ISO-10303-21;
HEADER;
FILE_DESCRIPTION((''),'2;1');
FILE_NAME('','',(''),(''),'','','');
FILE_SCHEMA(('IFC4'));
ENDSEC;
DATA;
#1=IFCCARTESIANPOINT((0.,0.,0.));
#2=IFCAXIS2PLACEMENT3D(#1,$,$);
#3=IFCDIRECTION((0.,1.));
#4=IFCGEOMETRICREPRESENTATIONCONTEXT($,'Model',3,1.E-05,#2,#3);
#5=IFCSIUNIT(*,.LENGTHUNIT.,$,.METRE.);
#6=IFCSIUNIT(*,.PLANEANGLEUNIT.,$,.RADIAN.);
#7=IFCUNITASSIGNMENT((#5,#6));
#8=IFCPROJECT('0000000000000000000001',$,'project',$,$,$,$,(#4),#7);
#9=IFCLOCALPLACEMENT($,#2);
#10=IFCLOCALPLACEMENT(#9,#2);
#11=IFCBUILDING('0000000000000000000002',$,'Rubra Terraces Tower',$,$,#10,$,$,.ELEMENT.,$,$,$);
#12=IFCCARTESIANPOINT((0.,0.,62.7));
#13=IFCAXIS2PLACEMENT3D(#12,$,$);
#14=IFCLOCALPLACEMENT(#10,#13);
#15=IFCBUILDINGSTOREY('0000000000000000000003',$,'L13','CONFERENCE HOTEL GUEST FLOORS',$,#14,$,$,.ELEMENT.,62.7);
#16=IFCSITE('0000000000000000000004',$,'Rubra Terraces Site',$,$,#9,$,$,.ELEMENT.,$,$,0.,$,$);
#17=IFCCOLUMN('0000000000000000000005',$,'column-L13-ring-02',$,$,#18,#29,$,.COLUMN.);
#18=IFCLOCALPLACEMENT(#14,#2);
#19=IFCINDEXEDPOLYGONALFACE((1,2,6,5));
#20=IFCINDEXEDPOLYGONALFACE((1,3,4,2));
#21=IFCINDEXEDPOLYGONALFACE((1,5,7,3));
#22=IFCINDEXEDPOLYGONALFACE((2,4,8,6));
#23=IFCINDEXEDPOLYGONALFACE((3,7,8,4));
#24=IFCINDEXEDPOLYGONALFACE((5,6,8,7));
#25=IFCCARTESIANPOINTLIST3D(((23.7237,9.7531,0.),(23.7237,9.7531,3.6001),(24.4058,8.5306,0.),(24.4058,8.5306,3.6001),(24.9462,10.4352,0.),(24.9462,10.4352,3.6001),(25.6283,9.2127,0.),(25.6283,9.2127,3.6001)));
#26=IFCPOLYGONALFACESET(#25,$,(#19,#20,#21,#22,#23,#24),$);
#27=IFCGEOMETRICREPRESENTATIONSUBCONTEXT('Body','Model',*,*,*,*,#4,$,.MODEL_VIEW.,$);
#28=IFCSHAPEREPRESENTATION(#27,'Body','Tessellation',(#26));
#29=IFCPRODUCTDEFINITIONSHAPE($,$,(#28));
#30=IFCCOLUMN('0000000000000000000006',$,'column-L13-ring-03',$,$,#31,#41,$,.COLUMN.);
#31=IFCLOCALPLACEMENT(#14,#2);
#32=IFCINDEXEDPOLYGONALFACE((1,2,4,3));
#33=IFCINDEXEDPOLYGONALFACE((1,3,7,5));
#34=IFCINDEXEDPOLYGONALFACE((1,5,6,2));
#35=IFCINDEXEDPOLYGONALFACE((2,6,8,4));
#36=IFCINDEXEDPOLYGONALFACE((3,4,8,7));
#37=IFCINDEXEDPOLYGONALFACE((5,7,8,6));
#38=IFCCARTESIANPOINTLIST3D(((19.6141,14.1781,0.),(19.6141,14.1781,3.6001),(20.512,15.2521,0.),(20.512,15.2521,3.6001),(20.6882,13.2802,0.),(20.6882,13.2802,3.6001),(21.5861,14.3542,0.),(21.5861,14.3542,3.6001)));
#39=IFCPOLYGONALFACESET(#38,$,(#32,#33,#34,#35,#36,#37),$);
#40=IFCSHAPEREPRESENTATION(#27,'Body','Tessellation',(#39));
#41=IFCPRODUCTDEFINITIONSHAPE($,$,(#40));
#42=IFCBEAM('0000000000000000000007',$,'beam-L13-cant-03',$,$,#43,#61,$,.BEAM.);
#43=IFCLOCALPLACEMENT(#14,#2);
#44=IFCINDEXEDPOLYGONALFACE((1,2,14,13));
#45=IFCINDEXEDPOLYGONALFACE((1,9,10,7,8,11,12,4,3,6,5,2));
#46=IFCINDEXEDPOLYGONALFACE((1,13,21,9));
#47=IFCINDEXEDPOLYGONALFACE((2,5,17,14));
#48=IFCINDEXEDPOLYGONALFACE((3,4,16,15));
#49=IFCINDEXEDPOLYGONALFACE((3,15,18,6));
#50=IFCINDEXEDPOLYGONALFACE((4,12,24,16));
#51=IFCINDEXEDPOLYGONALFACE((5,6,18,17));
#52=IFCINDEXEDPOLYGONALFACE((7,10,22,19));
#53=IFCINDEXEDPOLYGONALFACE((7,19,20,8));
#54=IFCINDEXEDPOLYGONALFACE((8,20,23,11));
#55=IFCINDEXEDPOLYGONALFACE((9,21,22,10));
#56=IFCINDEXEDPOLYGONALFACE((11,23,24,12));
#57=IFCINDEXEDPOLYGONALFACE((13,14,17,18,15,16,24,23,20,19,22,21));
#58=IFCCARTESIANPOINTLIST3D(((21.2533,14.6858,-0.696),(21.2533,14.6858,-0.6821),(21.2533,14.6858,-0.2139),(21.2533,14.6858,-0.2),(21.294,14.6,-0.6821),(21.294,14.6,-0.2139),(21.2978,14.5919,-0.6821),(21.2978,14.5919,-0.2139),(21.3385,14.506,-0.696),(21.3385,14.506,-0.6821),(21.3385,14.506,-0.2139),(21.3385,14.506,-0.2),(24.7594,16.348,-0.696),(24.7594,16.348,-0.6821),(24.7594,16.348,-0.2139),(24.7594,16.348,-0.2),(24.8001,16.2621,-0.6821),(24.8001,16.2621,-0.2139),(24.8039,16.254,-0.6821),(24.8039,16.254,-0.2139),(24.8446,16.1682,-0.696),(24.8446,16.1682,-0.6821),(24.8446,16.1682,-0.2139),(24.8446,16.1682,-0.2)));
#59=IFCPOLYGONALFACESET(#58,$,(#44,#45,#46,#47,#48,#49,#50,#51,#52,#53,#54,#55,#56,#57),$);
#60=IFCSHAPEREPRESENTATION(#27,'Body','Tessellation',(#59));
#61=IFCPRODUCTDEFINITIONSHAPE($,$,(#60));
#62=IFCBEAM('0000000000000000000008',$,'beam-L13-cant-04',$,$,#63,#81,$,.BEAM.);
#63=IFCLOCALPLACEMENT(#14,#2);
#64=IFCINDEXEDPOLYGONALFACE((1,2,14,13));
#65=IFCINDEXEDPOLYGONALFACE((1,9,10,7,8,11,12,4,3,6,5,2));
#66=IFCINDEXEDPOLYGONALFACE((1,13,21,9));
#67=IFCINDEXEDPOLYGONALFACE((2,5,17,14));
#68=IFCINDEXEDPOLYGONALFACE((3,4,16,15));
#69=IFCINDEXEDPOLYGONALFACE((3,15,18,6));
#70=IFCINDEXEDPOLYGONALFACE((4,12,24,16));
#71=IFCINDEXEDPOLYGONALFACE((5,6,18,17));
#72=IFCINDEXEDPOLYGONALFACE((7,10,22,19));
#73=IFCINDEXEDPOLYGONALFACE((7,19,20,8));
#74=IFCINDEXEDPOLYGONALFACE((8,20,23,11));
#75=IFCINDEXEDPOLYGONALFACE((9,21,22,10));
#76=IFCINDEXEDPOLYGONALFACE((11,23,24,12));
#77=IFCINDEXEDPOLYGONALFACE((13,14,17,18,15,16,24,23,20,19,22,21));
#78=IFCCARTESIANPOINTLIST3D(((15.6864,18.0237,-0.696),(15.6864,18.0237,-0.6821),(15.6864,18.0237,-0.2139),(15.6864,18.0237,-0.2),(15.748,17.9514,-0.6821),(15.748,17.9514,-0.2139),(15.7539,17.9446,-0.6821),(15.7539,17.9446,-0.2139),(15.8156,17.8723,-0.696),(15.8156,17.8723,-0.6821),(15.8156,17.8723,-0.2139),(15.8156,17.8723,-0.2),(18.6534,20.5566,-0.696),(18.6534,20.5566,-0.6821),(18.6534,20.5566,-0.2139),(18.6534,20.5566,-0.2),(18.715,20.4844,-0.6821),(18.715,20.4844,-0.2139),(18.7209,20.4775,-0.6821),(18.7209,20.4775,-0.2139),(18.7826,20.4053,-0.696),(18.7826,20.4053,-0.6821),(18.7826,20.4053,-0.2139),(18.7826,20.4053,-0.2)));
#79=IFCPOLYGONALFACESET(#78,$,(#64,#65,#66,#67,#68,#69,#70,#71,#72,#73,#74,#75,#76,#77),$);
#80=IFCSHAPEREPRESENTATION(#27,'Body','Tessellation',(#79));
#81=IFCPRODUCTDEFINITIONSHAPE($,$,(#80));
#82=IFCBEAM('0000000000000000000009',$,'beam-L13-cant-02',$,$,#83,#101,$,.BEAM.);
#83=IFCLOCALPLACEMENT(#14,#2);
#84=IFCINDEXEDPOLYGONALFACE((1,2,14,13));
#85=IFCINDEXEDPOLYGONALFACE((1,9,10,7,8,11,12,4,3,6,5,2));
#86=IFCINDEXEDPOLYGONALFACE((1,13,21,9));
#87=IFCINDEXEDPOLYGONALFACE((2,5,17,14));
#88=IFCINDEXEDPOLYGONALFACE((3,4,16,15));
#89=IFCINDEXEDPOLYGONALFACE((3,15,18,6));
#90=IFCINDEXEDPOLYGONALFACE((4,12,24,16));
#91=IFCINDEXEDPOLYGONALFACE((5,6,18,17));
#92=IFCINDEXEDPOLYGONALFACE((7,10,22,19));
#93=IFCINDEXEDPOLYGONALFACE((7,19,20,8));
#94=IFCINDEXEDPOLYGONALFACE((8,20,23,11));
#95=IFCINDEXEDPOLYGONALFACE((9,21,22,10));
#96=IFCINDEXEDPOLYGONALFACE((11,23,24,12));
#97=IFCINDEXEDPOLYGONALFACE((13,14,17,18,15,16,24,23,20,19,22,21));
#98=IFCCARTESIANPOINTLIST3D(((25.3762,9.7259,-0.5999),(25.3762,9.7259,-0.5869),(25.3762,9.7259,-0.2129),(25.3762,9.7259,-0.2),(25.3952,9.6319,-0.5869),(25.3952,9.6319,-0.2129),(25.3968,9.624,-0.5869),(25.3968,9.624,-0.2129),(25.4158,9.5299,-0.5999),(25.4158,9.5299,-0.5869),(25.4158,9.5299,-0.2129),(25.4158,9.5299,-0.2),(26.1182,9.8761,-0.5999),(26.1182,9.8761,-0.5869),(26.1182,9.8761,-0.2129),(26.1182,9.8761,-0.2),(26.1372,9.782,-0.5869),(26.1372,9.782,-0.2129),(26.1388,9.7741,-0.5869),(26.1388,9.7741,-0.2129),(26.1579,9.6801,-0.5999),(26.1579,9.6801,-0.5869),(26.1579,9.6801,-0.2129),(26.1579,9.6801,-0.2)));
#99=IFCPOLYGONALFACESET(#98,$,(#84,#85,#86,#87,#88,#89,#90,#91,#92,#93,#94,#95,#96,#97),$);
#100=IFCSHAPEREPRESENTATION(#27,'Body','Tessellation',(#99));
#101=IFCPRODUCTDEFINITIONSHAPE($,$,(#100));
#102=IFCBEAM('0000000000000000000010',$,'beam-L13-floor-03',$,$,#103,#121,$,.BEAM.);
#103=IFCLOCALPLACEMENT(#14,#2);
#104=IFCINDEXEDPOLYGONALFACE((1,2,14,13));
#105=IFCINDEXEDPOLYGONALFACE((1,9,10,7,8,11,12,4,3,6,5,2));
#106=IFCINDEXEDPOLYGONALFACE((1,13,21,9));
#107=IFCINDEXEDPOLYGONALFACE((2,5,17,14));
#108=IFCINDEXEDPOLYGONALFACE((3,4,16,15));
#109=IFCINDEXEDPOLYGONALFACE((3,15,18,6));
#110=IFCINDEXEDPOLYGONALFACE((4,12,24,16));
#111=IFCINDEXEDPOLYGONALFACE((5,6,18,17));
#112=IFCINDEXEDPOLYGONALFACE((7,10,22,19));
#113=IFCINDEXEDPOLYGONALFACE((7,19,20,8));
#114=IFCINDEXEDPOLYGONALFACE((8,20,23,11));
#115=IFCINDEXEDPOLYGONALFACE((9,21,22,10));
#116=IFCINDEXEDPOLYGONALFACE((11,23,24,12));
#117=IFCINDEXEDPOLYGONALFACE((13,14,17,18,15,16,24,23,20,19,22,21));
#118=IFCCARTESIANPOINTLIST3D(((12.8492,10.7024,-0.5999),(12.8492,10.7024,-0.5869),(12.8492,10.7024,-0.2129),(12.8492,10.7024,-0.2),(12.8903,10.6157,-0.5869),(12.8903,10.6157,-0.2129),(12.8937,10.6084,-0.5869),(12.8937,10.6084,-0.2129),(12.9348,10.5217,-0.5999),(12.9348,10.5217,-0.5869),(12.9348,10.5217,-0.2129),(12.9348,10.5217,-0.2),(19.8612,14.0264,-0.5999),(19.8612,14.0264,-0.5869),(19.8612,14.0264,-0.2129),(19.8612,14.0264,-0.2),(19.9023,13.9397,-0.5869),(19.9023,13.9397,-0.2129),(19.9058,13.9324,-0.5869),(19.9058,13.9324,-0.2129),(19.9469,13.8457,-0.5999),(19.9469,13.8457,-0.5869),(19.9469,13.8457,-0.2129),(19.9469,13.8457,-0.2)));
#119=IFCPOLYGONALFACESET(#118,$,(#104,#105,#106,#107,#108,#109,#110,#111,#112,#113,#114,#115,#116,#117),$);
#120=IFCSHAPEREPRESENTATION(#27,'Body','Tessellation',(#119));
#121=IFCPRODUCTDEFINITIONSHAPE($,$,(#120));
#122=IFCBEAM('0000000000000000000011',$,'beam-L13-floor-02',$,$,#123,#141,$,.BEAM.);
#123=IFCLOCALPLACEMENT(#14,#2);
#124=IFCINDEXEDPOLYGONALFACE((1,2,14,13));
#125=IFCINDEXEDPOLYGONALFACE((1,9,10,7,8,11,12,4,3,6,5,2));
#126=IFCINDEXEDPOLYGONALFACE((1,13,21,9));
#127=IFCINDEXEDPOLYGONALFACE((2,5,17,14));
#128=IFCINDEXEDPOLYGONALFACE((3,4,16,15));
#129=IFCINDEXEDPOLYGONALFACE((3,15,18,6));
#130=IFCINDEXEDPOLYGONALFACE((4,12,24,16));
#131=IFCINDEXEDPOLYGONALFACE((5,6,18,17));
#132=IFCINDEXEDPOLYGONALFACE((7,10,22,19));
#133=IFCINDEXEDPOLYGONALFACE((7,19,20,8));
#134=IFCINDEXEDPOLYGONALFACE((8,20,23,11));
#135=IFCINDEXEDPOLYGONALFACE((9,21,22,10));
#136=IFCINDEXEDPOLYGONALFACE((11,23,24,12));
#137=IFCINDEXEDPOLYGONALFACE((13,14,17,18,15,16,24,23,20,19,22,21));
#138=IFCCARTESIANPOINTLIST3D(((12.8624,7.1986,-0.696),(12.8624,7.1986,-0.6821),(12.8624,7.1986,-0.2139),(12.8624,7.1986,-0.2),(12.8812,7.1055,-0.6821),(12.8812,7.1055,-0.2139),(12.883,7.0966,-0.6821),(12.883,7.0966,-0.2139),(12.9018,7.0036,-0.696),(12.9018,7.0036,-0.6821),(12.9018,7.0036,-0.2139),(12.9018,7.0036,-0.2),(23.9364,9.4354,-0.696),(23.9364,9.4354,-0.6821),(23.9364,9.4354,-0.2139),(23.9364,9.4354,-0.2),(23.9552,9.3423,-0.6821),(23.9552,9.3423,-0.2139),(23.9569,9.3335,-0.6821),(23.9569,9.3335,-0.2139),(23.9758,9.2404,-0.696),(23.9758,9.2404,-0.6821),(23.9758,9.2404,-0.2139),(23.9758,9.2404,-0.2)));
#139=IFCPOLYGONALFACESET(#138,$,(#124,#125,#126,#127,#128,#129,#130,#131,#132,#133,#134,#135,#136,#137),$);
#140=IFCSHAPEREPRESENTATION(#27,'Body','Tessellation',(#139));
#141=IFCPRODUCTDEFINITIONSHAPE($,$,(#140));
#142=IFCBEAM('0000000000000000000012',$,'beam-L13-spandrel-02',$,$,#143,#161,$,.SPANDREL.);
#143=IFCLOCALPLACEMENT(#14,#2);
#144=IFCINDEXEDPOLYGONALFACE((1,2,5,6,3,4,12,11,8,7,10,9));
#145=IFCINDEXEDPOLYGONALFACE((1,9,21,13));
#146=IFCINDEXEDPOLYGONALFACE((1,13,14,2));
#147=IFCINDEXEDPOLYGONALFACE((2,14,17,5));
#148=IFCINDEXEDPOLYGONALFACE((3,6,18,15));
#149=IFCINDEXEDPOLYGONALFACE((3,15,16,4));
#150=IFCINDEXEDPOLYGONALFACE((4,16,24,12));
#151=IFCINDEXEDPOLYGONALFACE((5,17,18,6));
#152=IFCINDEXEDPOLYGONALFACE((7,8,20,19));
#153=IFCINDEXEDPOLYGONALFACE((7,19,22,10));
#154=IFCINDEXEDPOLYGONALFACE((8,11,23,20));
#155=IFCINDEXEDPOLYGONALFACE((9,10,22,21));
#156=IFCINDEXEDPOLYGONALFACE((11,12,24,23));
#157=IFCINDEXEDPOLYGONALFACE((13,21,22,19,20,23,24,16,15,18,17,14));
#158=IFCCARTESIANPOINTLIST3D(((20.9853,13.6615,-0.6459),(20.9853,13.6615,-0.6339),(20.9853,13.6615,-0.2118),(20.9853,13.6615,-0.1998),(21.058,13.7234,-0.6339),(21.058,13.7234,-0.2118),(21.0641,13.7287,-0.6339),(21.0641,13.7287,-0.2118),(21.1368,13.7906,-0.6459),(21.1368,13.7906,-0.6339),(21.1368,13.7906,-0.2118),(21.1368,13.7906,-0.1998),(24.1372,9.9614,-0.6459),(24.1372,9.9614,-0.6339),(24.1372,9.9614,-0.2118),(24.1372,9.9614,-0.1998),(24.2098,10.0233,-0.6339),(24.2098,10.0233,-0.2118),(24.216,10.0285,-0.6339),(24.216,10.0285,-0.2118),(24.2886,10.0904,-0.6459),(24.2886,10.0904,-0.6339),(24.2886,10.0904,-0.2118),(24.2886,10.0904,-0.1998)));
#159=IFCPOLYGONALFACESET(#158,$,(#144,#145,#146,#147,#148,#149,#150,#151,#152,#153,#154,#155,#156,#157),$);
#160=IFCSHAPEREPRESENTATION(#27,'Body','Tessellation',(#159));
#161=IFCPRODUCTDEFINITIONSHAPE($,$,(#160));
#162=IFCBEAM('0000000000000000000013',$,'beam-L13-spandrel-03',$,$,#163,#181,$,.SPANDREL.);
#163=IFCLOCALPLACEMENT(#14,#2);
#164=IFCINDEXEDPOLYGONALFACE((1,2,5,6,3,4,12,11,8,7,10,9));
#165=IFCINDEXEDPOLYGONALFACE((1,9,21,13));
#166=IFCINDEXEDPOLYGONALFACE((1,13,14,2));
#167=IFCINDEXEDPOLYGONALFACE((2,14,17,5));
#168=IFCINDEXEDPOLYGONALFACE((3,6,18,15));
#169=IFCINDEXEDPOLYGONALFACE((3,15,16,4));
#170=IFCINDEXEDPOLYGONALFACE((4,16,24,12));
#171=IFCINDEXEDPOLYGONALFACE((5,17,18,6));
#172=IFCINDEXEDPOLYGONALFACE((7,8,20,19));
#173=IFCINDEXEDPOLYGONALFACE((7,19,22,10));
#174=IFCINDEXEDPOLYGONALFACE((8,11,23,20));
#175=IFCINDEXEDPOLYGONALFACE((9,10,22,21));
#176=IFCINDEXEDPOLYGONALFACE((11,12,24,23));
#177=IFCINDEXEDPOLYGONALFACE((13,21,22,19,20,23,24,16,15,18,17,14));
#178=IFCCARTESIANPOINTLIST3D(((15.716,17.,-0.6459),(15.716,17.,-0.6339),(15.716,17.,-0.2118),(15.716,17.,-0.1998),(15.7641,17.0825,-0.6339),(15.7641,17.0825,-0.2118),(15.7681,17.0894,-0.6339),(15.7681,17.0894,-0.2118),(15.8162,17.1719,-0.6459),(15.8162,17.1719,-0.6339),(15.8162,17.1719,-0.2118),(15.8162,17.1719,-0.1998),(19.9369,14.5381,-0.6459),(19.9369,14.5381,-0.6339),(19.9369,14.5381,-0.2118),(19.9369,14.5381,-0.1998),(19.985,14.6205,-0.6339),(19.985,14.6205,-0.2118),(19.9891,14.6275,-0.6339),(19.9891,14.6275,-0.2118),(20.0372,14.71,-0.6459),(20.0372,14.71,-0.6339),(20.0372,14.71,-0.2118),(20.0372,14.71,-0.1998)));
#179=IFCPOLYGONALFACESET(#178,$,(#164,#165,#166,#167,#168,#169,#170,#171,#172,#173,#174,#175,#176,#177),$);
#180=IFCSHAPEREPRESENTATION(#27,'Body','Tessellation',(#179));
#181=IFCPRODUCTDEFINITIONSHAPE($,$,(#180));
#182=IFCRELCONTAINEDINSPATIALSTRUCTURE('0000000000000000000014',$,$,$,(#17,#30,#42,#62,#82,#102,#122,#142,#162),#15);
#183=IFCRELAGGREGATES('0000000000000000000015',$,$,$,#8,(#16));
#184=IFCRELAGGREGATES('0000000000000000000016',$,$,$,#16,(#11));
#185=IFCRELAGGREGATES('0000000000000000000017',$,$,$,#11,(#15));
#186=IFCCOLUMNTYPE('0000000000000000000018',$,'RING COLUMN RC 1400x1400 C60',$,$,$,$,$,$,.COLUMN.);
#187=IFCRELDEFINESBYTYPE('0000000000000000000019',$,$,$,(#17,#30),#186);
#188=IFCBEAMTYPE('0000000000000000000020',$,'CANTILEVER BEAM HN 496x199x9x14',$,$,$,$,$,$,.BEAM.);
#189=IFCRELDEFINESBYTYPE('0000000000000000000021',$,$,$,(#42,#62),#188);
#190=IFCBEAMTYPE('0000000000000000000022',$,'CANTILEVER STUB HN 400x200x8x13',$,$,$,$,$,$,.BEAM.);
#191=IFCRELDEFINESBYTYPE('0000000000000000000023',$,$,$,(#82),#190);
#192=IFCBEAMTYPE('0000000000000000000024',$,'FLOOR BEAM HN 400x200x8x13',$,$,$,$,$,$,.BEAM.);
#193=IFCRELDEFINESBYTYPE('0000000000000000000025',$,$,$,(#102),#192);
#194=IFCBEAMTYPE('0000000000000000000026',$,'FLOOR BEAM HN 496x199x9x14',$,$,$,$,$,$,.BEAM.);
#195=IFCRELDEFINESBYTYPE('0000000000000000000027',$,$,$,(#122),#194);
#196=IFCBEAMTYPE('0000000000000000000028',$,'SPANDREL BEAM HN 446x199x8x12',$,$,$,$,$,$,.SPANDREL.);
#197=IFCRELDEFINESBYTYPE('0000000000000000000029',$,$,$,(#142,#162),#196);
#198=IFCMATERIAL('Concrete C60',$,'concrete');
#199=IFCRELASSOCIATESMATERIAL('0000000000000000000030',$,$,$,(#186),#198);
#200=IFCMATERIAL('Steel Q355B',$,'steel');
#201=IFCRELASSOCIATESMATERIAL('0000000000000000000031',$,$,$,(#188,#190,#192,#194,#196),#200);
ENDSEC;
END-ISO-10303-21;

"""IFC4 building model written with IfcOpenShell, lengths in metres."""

from ifc_helpers import new_model, si_unit, direction, frame, origin, origin_2d, place, context, subcontext, project, spatial, rectangle, i_section, extrude, material, material_profile, profile_set, type_object, element, save


model = new_model("IFC4")

# Units and contexts
model_context = context("Model", 3, precision=1e-05, world=origin(), true_north=direction((0.0, 1.0)))
body_context = subcontext(model_context, "Body", "Model", "MODEL_VIEW")
ifc_project = project(units=[si_unit("LENGTHUNIT", "METRE"), si_unit("PLANEANGLEUNIT", "RADIAN")], contexts=[model_context])

# Site, building, storey
site_placement = place(None, origin())
site = spatial("IfcSite", under=ifc_project, at=site_placement, Name="Rubra Terraces Site", CompositionType="ELEMENT", RefElevation=0.0)
building_placement = place(site_placement, origin())
building = spatial("IfcBuilding", under=site, at=building_placement, Name="Rubra Terraces Tower", CompositionType="ELEMENT")
storey_placement = place(building_placement, frame((0.0, 0.0, 62.7)))
storey = spatial("IfcBuildingStorey", under=building, at=storey_placement, Name="L13", Description="CONFERENCE HOTEL GUEST FLOORS", CompositionType="ELEMENT", Elevation=62.7)

# Columns
ifc_material_1 = material(Name="Concrete C60", Category="concrete")
ifc_material_profile_1 = material_profile(ifc_material_1, rectangle(XDim=1.3999, YDim=1.3999, at=origin_2d()), Name="RC 1400x1400")
ifc_profile_set_1 = profile_set([ifc_material_profile_1], Name="Concrete C60")
column_type = type_object("IfcColumnType", Name="RING COLUMN RC 1400x1400 C60", PredefinedType="COLUMN", material=ifc_profile_set_1)
for number, where, z_axis, x_axis, name in (
    (1, (24.676, 9.4829, 0.0), (0.0, 0.0, 1.0), (-0.487227, 0.873276, 0.0), "column-L13-ring-02"),
    (2, (20.6001, 14.2661, 0.0), (0.0, 0.0, 1.0), (-0.76721, 0.641397, 0.0), "column-L13-ring-03"),
):
    element("IfcColumn", number, at=place(storey_placement, frame(where, z_axis=z_axis, x_axis=x_axis)), inside=storey, type_object=column_type, Name=name, PredefinedType="COLUMN", context=body_context, shape_type="SweptSolid", body=[
        extrude(rectangle(XDim=1.3999, YDim=1.3999, at=origin_2d()), origin(), (0.0, 0.0, 1.0), 3.6001),
    ])

# Beams
ifc_material_2 = material(Name="Steel Q355B", Category="steel")
ifc_material_profile_2 = material_profile(ifc_material_2, i_section(OverallWidth=0.199, OverallDepth=0.4961, WebThickness=0.009, FlangeThickness=0.0139, at=origin_2d()), Name="HN 496x199x9x14")
ifc_profile_set_2 = profile_set([ifc_material_profile_2], Name="Steel Q355B")
beam_type_1 = type_object("IfcBeamType", Name="CANTILEVER BEAM HN 496x199x9x14", PredefinedType="BEAM", material=ifc_profile_set_2)
beam_1_placement = place(storey_placement, frame((21.2959, 14.5959, -0.448), z_axis=(0.903606, 0.428365, 0.0), x_axis=(-0.428365, 0.903606, 0.0)))
element("IfcBeam", 3, at=beam_1_placement, inside=storey, type_object=beam_type_1, Name="beam-L13-cant-03", PredefinedType="BEAM", context=body_context, shape_type="SweptSolid", body=[
    extrude(i_section(OverallWidth=0.199, OverallDepth=0.4961, WebThickness=0.009, FlangeThickness=0.0139, at=origin_2d()), origin(), (0.0, 0.0, 1.0), 3.8801),
])
beam_2_placement = place(storey_placement, frame((15.751, 17.948, -0.448), z_axis=(0.760549, 0.64928, 0.0), x_axis=(-0.64928, 0.760549, 0.0)))
element("IfcBeam", 4, at=beam_2_placement, inside=storey, type_object=beam_type_1, Name="beam-L13-cant-04", PredefinedType="BEAM", context=body_context, shape_type="SweptSolid", body=[
    extrude(i_section(OverallWidth=0.199, OverallDepth=0.4961, WebThickness=0.009, FlangeThickness=0.0139, at=origin_2d()), origin(), (0.0, 0.0, 1.0), 3.9011),
])
ifc_material_profile_3 = material_profile(ifc_material_2, i_section(OverallWidth=0.2, OverallDepth=0.3999, WebThickness=0.0081, FlangeThickness=0.0129, at=origin_2d()), Name="HN 400x200x8x13")
ifc_profile_set_3 = profile_set([ifc_material_profile_3], Name="Steel Q355B")
beam_type_2 = type_object("IfcBeamType", Name="CANTILEVER STUB HN 400x200x8x13", PredefinedType="BEAM", material=ifc_profile_set_3)
beam_3_placement = place(storey_placement, frame((25.396, 9.6279, -0.3999), z_axis=(0.980132, 0.198348, 0.0), x_axis=(-0.198348, 0.980132, 0.0)))
element("IfcBeam", 5, at=beam_3_placement, inside=storey, type_object=beam_type_2, Name="beam-L13-cant-02", PredefinedType="BEAM", context=body_context, shape_type="SweptSolid", body=[
    extrude(i_section(OverallWidth=0.2, OverallDepth=0.3999, WebThickness=0.0081, FlangeThickness=0.0129, at=origin_2d()), origin(), (0.0, 0.0, 1.0), 0.7571),
])
ifc_material_profile_4 = material_profile(ifc_material_2, i_section(OverallWidth=0.2, OverallDepth=0.3999, WebThickness=0.0081, FlangeThickness=0.0129, at=origin_2d()), Name="HN 400x200x8x13")
ifc_profile_set_4 = profile_set([ifc_material_profile_4], Name="Steel Q355B")
beam_type_3 = type_object("IfcBeamType", Name="FLOOR BEAM HN 400x200x8x13", PredefinedType="BEAM", material=ifc_profile_set_4)
beam_4_placement = place(storey_placement, frame((19.9041, 13.936, -0.3999), z_axis=(-0.903612, -0.428351, 0.0), x_axis=(0.428351, -0.903612, 0.0)))
element("IfcBeam", 6, at=beam_4_placement, inside=storey, type_object=beam_type_3, Name="beam-L13-floor-03", PredefinedType="BEAM", context=body_context, shape_type="SweptSolid", body=[
    extrude(i_section(OverallWidth=0.2, OverallDepth=0.3999, WebThickness=0.0081, FlangeThickness=0.0129, at=origin_2d()), origin(), (0.0, 0.0, 1.0), 7.76),
])
ifc_material_profile_5 = material_profile(ifc_material_2, i_section(OverallWidth=0.199, OverallDepth=0.4961, WebThickness=0.009, FlangeThickness=0.0139, at=origin_2d()), Name="HN 496x199x9x14")
ifc_profile_set_5 = profile_set([ifc_material_profile_5], Name="Steel Q355B")
beam_type_4 = type_object("IfcBeamType", Name="FLOOR BEAM HN 496x199x9x14", PredefinedType="BEAM", material=ifc_profile_set_5)
beam_5_placement = place(storey_placement, frame((23.9561, 9.3379, -0.448), z_axis=(-0.980204, -0.19799, 0.0), x_axis=(0.19799, -0.980204, 0.0)))
element("IfcBeam", 7, at=beam_5_placement, inside=storey, type_object=beam_type_4, Name="beam-L13-floor-02", PredefinedType="BEAM", context=body_context, shape_type="SweptSolid", body=[
    extrude(i_section(OverallWidth=0.199, OverallDepth=0.4961, WebThickness=0.009, FlangeThickness=0.0139, at=origin_2d()), origin(), (0.0, 0.0, 1.0), 11.2976),
])
ifc_material_profile_6 = material_profile(ifc_material_2, i_section(OverallWidth=0.199, OverallDepth=0.446, WebThickness=0.0081, FlangeThickness=0.012, at=origin_2d()), Name="HN 446x199x8x12")
ifc_profile_set_6 = profile_set([ifc_material_profile_6], Name="Steel Q355B")
beam_type_5 = type_object("IfcBeamType", Name="SPANDREL BEAM HN 446x199x8x12", PredefinedType="SPANDREL", material=ifc_profile_set_6)
beam_6_placement = place(storey_placement, frame((24.2129, 10.0259, -0.4229), z_axis=(-0.648447, 0.76126, 0.0), x_axis=(-0.76126, -0.648447, 0.0)))
element("IfcBeam", 8, at=beam_6_placement, inside=storey, type_object=beam_type_5, Name="beam-L13-spandrel-02", PredefinedType="SPANDREL", context=body_context, shape_type="SweptSolid", body=[
    extrude(i_section(OverallWidth=0.199, OverallDepth=0.446, WebThickness=0.0081, FlangeThickness=0.012, at=origin_2d()), origin(), (0.0, 0.0, 1.0), 4.8606),
])
beam_7_placement = place(storey_placement, frame((19.9871, 14.624, -0.4229), z_axis=(-0.863806, 0.503824, 0.0), x_axis=(-0.503824, -0.863806, 0.0)))
element("IfcBeam", 9, at=beam_7_placement, inside=storey, type_object=beam_type_5, Name="beam-L13-spandrel-03", PredefinedType="SPANDREL", context=body_context, shape_type="SweptSolid", body=[
    extrude(i_section(OverallWidth=0.199, OverallDepth=0.446, WebThickness=0.0081, FlangeThickness=0.012, at=origin_2d()), origin(), (0.0, 0.0, 1.0), 4.8865),
])

save(model, "model.ifc")
